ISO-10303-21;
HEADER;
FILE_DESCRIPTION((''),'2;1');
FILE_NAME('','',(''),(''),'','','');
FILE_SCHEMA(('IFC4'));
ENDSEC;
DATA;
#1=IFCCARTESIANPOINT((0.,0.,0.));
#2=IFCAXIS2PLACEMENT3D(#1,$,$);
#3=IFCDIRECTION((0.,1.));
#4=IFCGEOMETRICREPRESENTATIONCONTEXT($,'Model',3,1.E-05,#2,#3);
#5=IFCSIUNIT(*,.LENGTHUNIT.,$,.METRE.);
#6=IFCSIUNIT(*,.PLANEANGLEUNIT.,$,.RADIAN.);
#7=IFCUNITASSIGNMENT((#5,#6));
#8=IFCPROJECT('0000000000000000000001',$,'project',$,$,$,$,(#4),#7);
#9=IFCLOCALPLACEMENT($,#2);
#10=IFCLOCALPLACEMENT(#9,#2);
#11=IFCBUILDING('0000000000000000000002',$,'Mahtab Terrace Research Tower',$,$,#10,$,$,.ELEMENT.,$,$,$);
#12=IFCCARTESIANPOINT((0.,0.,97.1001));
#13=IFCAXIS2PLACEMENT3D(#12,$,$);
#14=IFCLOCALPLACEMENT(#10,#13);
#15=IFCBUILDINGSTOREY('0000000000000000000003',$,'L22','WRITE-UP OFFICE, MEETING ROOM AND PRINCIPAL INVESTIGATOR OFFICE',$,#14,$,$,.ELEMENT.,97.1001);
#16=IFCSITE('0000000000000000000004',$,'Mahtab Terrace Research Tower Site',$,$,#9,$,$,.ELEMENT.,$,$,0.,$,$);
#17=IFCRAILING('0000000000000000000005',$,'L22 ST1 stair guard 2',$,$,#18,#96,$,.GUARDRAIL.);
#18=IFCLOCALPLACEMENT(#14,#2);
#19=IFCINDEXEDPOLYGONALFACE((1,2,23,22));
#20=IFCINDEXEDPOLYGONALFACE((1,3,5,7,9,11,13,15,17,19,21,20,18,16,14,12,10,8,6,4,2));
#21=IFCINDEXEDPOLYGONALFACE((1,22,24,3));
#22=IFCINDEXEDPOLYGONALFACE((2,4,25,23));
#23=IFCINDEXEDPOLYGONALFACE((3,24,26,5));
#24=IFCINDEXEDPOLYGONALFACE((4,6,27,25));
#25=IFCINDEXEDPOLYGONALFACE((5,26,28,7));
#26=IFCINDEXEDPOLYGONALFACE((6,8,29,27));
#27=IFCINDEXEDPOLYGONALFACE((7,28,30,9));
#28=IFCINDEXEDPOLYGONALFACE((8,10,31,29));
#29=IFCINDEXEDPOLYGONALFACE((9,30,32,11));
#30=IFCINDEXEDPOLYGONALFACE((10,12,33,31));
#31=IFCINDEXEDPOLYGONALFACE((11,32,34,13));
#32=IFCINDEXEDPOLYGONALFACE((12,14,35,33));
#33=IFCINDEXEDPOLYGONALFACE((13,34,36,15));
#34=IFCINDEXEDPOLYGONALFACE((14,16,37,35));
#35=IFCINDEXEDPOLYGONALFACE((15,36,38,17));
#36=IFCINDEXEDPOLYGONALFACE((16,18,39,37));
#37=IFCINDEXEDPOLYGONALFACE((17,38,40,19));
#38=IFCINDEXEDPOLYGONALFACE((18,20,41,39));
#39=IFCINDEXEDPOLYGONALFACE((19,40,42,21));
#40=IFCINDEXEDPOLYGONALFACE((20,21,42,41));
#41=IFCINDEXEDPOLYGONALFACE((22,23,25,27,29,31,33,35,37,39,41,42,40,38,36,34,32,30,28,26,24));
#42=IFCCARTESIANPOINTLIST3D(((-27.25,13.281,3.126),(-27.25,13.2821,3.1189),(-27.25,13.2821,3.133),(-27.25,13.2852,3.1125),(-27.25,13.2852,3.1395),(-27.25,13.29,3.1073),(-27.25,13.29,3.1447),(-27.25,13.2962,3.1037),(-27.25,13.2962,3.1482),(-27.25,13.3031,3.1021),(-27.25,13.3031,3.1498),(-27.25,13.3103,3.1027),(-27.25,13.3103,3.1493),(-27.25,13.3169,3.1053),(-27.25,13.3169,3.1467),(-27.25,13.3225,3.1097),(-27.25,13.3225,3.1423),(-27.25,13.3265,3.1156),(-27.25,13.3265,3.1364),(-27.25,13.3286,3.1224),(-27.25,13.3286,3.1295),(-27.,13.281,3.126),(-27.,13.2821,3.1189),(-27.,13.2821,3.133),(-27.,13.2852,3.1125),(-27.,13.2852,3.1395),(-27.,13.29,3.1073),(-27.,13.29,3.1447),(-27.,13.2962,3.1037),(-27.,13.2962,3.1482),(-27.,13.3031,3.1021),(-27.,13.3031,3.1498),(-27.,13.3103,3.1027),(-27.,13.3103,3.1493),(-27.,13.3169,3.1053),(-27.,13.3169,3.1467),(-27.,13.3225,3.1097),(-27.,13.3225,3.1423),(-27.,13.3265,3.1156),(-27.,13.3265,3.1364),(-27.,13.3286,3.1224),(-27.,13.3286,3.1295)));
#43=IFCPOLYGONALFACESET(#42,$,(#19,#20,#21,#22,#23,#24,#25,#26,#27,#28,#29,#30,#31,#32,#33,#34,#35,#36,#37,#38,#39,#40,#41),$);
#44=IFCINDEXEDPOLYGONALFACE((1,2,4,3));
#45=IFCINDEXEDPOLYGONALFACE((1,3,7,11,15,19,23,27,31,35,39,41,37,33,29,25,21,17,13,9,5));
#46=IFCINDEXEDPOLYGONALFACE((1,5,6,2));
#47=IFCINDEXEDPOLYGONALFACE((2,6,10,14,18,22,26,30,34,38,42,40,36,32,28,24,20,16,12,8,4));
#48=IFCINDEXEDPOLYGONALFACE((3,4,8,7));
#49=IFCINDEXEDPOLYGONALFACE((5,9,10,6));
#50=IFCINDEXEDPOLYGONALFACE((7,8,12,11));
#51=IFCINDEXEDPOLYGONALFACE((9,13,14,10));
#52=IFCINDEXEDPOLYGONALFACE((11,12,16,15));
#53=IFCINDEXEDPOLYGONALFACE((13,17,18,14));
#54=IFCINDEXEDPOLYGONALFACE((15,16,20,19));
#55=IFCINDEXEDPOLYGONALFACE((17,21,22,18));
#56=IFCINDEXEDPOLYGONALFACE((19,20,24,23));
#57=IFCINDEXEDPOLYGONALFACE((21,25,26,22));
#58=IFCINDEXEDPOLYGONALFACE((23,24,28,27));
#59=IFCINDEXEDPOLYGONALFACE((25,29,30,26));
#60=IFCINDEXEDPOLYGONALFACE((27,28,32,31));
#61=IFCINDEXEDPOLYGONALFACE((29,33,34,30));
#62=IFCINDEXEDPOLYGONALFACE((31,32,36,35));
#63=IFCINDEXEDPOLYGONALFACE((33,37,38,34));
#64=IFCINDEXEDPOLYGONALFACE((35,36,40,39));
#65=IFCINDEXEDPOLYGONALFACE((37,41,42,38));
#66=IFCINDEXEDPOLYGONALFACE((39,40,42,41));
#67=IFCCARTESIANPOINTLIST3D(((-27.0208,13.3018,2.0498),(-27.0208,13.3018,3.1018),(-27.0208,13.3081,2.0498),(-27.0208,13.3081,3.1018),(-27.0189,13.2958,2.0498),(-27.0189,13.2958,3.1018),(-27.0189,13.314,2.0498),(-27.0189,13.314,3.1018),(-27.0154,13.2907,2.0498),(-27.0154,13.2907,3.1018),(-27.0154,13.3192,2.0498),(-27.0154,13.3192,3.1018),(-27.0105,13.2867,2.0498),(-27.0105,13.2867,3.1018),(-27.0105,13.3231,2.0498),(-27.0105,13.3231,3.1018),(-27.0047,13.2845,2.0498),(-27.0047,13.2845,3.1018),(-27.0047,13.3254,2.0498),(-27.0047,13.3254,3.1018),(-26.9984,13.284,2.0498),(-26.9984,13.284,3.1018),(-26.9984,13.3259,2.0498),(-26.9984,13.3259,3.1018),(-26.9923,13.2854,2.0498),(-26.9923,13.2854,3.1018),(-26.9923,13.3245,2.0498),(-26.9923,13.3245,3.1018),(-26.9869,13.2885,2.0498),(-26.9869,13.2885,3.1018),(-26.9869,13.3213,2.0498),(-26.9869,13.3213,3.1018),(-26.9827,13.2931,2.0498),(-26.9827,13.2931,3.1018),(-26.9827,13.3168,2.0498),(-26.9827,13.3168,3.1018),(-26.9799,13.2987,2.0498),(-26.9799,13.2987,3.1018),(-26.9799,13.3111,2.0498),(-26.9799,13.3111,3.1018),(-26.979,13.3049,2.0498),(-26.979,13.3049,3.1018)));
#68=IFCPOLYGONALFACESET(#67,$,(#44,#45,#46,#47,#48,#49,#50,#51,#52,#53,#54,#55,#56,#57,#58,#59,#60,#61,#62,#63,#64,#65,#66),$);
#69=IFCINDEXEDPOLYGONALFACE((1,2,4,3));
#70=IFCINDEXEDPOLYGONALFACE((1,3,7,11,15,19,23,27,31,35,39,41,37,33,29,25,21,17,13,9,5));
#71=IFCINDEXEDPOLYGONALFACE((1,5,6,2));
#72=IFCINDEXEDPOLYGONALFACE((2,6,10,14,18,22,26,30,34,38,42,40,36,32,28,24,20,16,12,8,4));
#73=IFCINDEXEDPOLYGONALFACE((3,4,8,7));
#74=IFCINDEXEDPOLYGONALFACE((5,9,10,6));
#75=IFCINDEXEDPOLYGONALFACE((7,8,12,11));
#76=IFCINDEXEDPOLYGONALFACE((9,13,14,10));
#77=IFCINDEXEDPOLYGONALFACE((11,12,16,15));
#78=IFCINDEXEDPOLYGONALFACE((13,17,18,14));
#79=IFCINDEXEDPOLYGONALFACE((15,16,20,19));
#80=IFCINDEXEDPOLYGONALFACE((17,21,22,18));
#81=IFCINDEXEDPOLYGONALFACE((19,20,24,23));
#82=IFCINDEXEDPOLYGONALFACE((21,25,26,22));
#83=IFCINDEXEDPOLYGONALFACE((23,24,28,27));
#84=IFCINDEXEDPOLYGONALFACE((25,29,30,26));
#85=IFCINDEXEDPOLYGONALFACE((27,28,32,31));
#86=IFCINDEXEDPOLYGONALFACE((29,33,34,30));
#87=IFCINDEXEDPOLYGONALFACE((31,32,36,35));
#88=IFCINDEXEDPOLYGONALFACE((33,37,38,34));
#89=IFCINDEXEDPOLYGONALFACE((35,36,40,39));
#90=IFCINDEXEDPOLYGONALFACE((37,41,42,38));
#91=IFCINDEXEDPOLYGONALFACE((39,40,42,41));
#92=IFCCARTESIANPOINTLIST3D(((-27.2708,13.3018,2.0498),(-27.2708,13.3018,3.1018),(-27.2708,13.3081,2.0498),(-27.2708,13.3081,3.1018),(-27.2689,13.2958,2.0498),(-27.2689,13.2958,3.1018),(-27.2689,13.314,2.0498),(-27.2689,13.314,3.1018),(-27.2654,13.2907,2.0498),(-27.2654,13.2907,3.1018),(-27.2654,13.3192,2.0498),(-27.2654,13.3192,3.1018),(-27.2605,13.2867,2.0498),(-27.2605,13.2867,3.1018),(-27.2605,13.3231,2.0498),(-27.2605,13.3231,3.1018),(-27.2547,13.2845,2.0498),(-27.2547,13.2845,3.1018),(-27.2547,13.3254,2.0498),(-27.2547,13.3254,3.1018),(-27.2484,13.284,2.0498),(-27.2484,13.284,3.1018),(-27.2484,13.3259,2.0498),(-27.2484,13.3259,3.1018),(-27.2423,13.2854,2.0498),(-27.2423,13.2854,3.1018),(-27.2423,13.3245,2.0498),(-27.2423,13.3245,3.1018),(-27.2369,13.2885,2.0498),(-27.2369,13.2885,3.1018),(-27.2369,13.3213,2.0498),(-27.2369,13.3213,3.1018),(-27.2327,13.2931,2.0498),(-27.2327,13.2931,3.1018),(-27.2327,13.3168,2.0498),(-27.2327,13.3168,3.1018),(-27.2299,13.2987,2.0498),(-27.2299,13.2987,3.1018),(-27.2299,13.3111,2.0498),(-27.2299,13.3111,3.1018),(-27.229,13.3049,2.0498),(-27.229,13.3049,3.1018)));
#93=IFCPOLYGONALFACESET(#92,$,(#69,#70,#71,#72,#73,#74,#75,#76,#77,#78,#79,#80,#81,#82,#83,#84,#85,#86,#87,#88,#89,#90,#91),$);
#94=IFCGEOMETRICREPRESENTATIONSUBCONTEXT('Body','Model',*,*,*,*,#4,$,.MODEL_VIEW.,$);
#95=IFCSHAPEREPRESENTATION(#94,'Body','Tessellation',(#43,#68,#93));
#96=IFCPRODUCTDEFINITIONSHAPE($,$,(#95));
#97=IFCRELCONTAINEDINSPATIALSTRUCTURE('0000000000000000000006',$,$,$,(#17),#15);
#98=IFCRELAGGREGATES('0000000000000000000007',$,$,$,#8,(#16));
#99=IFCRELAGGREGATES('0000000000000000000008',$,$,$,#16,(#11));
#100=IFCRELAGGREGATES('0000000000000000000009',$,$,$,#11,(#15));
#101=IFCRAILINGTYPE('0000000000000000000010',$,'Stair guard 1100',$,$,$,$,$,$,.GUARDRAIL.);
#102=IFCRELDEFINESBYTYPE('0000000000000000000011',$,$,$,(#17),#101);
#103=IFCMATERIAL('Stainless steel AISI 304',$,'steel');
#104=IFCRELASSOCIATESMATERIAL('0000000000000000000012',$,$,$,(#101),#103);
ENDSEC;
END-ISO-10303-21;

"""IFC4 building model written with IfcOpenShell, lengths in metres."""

from ifc_helpers import new_model, si_unit, direction, frame, origin, origin_2d, place, context, subcontext, project, spatial, circle, extrude, material, type_object, element, save


model = new_model("IFC4")

# Units and contexts
model_context = context("Model", 3, precision=1e-05, world=origin(), true_north=direction((0.0, 1.0)))
body_context = subcontext(model_context, "Body", "Model", "MODEL_VIEW")
ifc_project = project(units=[si_unit("LENGTHUNIT", "METRE"), si_unit("PLANEANGLEUNIT", "RADIAN")], contexts=[model_context])

# Site, building, storey
site_placement = place(None, origin())
site = spatial("IfcSite", under=ifc_project, at=site_placement, Name="Mahtab Terrace Research Tower Site", CompositionType="ELEMENT", RefElevation=0.0)
building_placement = place(site_placement, origin())
building = spatial("IfcBuilding", under=site, at=building_placement, Name="Mahtab Terrace Research Tower", CompositionType="ELEMENT")
storey_placement = place(building_placement, frame((0.0, 0.0, 97.1001)))
storey = spatial("IfcBuildingStorey", under=building, at=storey_placement, Name="L22", Description="WRITE-UP OFFICE, MEETING ROOM AND PRINCIPAL INVESTIGATOR OFFICE", CompositionType="ELEMENT", Elevation=97.1001)

# Railing
ifc_material_1 = material(Name="Stainless steel AISI 304", Category="steel")
railing_type_1 = type_object("IfcRailingType", Name="Stair guard 1100", PredefinedType="GUARDRAIL", material=ifc_material_1)
railing_1_placement = place(storey_placement, frame((-27.0, 13.3049, 2.0498)))
element("IfcRailing", 1, at=railing_1_placement, inside=storey, type_object=railing_type_1, Name="L22 ST1 stair guard 2", PredefinedType="GUARDRAIL", context=body_context, shape_type="SweptSolid", body=[
    extrude(circle(Radius=0.0239, at=origin_2d()), frame((0.0, 0.0, 1.0762), z_axis=(-1.0, 0.0, 0.0), x_axis=(0.0, -1.0, 0.0)), (0.0, 0.0, 1.0), 0.25),
    extrude(circle(Radius=0.021, at=origin_2d()), origin(), (0.0, 0.0, 1.0), 1.052),
    extrude(circle(Radius=0.021, at=origin_2d()), frame((-0.25, 0.0, 0.0)), (0.0, 0.0, 1.0), 1.052),
])

save(model, "model.ifc")
